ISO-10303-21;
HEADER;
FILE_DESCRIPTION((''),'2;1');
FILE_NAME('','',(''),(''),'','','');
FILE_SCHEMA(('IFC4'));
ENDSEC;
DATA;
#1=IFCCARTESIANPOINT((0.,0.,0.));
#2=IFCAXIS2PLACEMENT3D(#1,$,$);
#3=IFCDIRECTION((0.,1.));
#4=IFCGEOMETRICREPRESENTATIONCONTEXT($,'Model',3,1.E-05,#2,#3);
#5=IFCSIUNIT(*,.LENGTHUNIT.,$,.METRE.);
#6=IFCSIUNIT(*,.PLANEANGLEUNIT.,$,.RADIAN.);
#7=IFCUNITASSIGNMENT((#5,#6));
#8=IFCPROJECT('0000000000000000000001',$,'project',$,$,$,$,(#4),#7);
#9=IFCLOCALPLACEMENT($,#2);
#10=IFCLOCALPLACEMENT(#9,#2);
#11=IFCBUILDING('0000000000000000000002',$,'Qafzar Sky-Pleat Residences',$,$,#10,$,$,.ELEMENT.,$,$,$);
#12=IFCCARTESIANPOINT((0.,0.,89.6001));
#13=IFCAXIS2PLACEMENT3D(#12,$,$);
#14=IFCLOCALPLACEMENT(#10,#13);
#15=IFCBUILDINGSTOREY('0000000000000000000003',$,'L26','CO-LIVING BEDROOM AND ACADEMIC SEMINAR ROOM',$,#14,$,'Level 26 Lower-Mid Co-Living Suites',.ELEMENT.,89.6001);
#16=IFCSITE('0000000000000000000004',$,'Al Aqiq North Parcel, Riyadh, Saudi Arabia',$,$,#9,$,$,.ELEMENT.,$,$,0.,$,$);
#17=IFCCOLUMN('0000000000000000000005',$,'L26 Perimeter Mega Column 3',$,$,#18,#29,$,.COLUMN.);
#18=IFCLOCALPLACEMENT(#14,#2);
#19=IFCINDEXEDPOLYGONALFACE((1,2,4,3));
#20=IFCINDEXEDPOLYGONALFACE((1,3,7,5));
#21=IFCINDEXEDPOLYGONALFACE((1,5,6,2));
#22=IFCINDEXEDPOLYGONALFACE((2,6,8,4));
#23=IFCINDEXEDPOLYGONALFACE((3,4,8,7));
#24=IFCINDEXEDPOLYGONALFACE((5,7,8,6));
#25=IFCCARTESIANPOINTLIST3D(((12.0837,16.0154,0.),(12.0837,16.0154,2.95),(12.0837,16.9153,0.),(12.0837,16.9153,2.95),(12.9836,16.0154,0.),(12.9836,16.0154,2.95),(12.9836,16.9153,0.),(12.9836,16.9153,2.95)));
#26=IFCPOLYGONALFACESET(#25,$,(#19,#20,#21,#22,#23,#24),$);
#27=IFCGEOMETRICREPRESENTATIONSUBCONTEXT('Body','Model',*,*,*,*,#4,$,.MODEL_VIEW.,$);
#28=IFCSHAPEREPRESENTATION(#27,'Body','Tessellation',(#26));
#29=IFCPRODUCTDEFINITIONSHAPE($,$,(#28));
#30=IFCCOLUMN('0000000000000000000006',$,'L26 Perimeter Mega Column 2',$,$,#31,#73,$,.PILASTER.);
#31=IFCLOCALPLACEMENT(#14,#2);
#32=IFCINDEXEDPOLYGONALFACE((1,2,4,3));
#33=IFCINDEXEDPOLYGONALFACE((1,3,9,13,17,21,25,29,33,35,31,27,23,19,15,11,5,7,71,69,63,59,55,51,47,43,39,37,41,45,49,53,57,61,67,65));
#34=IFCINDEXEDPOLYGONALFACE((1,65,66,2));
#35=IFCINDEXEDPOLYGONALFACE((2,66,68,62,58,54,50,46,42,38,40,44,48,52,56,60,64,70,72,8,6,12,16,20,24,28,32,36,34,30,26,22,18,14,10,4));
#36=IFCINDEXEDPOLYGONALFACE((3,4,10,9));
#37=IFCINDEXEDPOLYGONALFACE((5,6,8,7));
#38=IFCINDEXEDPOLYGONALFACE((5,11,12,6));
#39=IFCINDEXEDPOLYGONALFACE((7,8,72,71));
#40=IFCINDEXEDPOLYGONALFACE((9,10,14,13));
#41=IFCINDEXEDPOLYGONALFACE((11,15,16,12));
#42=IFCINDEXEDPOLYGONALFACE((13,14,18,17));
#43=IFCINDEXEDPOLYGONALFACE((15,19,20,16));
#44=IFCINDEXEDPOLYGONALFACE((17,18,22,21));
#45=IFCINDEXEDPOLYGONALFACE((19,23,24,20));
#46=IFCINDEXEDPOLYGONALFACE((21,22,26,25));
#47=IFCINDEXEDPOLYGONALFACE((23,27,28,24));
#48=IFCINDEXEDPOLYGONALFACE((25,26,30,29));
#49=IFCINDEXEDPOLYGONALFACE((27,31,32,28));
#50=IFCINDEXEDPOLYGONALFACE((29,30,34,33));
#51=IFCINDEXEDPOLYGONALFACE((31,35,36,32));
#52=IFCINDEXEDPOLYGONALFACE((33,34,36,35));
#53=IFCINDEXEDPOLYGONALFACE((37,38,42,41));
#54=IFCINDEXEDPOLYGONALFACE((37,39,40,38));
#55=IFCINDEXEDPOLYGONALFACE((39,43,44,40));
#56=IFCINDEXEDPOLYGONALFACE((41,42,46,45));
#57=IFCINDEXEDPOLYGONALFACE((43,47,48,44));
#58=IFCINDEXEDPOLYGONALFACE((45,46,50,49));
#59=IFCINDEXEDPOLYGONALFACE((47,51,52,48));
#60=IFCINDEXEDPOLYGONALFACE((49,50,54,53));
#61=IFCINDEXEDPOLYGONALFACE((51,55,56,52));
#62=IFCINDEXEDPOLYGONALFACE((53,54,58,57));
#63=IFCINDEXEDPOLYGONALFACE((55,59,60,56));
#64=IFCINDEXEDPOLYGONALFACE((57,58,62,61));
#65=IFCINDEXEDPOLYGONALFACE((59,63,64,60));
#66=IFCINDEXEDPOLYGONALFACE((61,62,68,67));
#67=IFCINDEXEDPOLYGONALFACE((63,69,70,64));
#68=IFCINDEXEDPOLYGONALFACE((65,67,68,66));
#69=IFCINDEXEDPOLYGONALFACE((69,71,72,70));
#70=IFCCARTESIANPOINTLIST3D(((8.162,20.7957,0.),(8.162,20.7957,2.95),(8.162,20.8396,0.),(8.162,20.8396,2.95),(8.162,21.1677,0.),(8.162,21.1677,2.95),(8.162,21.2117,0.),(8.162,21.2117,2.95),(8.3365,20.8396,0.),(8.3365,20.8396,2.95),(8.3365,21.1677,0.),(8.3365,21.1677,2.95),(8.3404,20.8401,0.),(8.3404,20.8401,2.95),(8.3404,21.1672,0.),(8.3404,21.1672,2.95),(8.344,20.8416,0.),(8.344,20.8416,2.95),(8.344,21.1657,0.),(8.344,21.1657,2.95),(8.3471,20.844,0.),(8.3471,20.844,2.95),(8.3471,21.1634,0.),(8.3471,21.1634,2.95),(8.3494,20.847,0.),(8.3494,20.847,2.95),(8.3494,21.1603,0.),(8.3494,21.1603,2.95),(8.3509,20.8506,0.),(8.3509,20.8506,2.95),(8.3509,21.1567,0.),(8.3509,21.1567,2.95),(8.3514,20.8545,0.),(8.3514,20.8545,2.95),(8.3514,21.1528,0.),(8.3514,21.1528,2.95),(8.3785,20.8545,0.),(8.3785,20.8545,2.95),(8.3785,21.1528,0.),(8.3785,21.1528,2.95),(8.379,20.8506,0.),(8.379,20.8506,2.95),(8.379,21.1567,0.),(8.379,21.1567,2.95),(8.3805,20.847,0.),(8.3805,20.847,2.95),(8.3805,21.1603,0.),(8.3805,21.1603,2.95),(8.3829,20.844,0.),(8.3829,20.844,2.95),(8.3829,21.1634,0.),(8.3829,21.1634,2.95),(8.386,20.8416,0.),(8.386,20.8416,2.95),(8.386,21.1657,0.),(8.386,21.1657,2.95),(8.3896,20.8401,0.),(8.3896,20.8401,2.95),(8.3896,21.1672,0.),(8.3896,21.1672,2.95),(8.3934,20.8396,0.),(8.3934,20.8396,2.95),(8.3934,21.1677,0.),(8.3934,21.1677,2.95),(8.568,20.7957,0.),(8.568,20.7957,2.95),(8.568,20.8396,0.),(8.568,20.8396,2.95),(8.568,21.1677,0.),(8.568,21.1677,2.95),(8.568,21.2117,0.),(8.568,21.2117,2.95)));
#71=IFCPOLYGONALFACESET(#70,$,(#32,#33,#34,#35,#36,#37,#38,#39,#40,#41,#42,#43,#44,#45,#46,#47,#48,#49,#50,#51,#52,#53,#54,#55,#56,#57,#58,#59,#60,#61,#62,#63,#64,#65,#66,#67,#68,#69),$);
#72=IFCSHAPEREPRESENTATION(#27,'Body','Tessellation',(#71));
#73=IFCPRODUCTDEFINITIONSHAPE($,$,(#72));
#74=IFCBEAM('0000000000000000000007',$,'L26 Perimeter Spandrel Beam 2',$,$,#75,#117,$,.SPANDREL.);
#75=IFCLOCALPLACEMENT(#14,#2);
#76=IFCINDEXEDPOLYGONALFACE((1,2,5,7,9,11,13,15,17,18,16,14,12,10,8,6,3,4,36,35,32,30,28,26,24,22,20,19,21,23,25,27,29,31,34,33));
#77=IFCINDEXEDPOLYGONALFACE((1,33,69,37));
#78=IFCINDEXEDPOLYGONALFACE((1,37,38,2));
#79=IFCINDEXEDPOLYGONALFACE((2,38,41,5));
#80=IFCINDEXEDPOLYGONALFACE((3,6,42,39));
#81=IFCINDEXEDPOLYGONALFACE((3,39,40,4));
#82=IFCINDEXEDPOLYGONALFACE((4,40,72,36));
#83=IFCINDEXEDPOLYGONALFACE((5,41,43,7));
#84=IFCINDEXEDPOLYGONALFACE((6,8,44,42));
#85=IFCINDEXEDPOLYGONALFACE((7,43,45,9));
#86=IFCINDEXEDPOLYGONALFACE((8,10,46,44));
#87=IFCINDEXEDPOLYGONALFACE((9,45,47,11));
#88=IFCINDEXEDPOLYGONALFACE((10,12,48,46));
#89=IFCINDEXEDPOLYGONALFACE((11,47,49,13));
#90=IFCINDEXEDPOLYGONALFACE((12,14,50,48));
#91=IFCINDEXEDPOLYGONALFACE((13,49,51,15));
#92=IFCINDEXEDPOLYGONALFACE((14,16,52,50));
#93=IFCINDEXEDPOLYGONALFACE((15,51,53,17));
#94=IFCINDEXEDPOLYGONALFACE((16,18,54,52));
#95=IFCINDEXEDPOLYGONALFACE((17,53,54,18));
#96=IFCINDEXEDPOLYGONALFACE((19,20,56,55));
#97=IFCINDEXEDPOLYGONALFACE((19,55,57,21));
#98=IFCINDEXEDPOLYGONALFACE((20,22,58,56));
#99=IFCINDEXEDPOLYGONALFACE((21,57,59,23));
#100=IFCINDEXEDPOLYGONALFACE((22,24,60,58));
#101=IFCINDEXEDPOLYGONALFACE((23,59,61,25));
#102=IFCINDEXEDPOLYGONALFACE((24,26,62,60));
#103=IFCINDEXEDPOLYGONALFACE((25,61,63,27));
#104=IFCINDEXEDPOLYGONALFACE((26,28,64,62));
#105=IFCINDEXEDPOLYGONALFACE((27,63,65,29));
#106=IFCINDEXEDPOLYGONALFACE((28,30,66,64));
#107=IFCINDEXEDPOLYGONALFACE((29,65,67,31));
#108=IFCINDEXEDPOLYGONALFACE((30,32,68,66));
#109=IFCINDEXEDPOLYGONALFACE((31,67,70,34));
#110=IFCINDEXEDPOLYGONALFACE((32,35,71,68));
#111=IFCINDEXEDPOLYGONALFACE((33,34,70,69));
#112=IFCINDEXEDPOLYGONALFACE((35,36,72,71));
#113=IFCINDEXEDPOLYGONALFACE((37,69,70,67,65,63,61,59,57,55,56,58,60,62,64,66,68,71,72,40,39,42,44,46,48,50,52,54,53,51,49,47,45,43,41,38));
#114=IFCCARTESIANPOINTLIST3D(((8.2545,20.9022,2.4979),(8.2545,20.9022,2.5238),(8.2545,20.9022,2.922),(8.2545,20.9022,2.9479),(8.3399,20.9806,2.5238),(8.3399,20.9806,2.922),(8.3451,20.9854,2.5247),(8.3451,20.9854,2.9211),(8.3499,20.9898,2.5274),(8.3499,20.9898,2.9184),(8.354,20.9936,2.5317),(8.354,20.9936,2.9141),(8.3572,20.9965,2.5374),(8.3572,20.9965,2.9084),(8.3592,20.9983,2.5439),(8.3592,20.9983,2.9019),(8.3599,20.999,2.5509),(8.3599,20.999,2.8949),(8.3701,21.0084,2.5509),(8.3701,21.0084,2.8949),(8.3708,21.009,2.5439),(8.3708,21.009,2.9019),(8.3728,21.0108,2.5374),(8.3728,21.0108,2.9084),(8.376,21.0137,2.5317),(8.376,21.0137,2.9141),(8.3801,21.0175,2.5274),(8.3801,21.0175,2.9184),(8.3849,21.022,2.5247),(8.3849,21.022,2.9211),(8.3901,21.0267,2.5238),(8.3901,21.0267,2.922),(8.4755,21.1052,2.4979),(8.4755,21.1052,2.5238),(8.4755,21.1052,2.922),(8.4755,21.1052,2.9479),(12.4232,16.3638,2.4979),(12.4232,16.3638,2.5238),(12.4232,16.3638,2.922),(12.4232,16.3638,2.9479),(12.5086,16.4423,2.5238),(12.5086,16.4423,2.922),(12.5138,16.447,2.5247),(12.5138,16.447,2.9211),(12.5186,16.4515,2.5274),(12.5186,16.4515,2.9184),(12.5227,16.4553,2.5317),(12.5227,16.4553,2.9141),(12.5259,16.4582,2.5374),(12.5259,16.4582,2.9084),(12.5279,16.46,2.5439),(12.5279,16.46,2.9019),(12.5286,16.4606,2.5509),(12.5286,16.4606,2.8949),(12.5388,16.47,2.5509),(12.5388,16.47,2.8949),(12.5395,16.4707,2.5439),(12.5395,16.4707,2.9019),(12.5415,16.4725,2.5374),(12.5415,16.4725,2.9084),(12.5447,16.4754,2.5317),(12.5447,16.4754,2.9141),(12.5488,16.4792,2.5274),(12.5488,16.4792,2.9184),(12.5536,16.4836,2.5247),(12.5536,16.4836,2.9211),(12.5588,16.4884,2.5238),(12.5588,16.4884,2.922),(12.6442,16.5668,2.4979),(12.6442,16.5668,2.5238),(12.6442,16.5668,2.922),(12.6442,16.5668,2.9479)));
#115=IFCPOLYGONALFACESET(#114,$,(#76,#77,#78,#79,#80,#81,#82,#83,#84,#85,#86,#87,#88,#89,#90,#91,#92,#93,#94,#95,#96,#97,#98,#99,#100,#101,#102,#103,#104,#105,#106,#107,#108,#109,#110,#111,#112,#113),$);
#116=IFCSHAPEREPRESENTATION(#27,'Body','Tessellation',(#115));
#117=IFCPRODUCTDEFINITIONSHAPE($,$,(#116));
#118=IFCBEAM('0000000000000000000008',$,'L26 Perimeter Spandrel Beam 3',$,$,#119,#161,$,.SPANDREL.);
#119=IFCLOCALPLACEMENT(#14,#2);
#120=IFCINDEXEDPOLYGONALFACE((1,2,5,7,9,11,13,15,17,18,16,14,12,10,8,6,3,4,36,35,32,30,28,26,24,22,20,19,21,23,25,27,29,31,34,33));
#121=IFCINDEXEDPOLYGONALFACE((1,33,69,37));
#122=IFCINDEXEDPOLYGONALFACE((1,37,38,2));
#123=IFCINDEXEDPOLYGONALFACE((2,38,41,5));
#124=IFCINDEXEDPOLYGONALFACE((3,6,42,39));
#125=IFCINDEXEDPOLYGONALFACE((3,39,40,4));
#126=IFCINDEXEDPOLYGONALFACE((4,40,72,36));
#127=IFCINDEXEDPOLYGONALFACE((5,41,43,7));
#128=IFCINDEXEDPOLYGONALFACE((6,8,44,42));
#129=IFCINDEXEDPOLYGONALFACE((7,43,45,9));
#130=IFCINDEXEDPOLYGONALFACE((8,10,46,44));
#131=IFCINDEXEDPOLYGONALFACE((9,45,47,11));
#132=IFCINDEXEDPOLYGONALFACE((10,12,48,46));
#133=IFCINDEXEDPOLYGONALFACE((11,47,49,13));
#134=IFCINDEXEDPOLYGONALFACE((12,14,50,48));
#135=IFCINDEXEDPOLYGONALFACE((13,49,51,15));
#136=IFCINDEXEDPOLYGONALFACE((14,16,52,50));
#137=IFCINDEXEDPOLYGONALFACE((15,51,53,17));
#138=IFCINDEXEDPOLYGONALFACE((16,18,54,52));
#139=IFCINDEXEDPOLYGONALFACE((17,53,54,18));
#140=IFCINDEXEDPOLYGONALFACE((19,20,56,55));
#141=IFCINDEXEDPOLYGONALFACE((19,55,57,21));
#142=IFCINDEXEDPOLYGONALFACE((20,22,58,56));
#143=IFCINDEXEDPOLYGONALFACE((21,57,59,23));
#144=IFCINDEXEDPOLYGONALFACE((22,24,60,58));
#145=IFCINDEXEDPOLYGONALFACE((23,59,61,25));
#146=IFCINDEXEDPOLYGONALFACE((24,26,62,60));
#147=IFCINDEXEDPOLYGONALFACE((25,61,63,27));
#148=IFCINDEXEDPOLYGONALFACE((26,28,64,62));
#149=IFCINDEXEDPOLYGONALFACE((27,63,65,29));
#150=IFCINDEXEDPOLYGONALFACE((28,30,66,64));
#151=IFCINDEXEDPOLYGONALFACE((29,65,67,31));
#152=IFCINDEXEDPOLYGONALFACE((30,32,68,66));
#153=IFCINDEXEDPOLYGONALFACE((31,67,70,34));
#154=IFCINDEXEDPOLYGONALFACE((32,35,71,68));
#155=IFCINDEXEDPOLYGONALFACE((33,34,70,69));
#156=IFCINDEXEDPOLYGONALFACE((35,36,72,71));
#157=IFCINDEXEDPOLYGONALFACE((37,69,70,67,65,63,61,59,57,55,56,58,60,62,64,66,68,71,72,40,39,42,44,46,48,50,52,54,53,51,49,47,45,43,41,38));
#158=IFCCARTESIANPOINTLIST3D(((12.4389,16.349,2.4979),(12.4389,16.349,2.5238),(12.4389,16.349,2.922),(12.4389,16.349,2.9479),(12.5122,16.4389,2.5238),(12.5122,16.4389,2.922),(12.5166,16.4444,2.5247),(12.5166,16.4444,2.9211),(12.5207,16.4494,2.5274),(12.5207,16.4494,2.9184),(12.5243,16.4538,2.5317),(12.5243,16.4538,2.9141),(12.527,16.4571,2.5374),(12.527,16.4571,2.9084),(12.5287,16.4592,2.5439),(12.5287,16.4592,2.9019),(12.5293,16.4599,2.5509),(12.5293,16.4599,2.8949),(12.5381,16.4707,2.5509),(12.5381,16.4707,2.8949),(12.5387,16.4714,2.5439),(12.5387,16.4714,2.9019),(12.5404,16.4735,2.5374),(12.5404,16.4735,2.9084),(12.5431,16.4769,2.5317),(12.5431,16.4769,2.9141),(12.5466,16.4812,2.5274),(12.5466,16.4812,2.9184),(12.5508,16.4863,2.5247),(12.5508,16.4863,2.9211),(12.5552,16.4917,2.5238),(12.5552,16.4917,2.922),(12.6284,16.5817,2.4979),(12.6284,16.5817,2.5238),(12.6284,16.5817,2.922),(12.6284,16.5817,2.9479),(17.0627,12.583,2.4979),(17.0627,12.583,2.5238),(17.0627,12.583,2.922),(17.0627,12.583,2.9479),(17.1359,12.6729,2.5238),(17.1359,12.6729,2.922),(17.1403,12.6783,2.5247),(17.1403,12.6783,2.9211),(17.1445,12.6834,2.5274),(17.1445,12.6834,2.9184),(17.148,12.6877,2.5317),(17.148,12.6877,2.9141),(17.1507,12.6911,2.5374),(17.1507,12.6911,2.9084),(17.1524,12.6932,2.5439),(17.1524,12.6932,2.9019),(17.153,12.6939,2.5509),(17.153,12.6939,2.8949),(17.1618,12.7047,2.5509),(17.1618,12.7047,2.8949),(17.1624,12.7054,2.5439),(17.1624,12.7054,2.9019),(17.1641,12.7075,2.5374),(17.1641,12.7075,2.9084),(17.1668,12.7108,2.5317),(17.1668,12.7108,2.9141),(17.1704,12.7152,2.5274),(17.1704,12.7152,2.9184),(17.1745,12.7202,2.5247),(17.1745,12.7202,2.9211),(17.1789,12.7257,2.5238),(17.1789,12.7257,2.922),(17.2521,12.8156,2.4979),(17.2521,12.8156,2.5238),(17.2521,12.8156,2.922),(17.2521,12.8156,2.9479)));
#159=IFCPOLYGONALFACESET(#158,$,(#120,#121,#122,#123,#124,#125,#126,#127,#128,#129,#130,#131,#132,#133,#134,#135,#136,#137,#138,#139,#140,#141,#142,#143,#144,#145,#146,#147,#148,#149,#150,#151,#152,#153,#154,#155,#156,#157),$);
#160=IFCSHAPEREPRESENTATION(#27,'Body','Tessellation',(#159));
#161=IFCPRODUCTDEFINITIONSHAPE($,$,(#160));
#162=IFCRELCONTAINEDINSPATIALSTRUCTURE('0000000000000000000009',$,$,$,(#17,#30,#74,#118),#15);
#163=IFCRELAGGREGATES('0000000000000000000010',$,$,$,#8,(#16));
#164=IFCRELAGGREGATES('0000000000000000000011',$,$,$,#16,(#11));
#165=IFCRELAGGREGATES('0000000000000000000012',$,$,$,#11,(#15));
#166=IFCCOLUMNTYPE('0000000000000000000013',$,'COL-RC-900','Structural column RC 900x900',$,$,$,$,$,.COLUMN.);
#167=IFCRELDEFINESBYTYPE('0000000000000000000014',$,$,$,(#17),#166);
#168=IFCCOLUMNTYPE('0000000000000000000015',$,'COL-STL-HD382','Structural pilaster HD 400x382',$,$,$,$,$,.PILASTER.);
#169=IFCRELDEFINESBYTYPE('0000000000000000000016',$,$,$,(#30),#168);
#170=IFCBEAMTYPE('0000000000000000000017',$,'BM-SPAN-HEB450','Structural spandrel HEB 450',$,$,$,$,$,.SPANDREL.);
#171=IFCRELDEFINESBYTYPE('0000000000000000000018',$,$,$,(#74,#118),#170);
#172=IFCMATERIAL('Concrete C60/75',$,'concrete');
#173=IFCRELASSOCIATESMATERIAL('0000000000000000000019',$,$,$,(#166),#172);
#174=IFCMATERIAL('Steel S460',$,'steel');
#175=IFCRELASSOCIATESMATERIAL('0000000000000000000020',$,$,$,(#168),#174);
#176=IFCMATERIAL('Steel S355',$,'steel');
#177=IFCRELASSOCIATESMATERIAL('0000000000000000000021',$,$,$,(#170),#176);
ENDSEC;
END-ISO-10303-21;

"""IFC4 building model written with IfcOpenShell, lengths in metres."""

from ifc_helpers import new_model, si_unit, direction, frame, origin, origin_2d, place, context, subcontext, project, spatial, rectangle, i_section, extrude, source, transform, mapped, material, material_profile, profile_set, type_object, element, save


model = new_model("IFC4")

# Units and contexts
model_context = context("Model", 3, precision=1e-05, world=origin(), true_north=direction((0.0, 1.0)))
body_context = subcontext(model_context, "Body", "Model", "MODEL_VIEW")
ifc_project = project(units=[si_unit("LENGTHUNIT", "METRE"), si_unit("PLANEANGLEUNIT", "RADIAN")], contexts=[model_context])

# Site, building, storey
site_placement = place(None, origin())
site = spatial("IfcSite", under=ifc_project, at=site_placement, Name="Al Aqiq North Parcel, Riyadh, Saudi Arabia", CompositionType="ELEMENT", RefElevation=0.0)
building_placement = place(site_placement, origin())
building = spatial("IfcBuilding", under=site, at=building_placement, Name="Qafzar Sky-Pleat Residences", CompositionType="ELEMENT")
storey_placement = place(building_placement, frame((0.0, 0.0, 89.6001)))
storey = spatial("IfcBuildingStorey", under=building, at=storey_placement, Name="L26", Description="CO-LIVING BEDROOM AND ACADEMIC SEMINAR ROOM", LongName="Level 26 Lower-Mid Co-Living Suites", CompositionType="ELEMENT", Elevation=89.6001)

# Columns
ifc_material_1 = material(Name="Concrete C60/75", Category="concrete")
ifc_material_profile_1 = material_profile(ifc_material_1, rectangle(XDim=0.8999, YDim=0.8999, at=origin_2d()), Name="RC 900x900")
ifc_profile_set_1 = profile_set([ifc_material_profile_1], Name="Concrete C60/75")
column_type_1 = type_object("IfcColumnType", Name="COL-RC-900", Description="Structural column RC 900x900", PredefinedType="COLUMN", material=ifc_profile_set_1)
shared_shape_1 = source(origin(), body_context, "Body", "SweptSolid", [
    extrude(rectangle(XDim=0.8999, YDim=0.8999, at=origin_2d()), origin(), (0.0, 0.0, 1.0), 2.95),
])
column_1_placement = place(storey_placement, frame((12.5337, 16.4653, 0.0), z_axis=(0.0, 0.0, 1.0), x_axis=(1.0, 0.0, 0.0)))
element("IfcColumn", 1, at=column_1_placement, inside=storey, type_object=column_type_1, Name="L26 Perimeter Mega Column 3", PredefinedType="COLUMN", context=body_context, shape_type="MappedRepresentation", body=[
    mapped(shared_shape_1, transform((0.0, 0.0, 0.0), x_axis=(1.0, 0.0, 0.0), y_axis=(0.0, 1.0, 0.0), z_axis=(0.0, 0.0, 1.0), scale=1.0)),
])
ifc_material_2 = material(Name="Steel S460", Category="steel")
ifc_material_profile_2 = material_profile(ifc_material_2, i_section(OverallWidth=0.406, OverallDepth=0.416, WebThickness=0.0271, FlangeThickness=0.0439, FilletRadius=0.0149, at=origin_2d()), Name="HD 400x382")
ifc_profile_set_2 = profile_set([ifc_material_profile_2], Name="Steel S460")
column_type_2 = type_object("IfcColumnType", Name="COL-STL-HD382", Description="Structural pilaster HD 400x382", PredefinedType="PILASTER", material=ifc_profile_set_2)
shared_shape_2 = source(origin(), body_context, "Body", "SweptSolid", [
    extrude(i_section(OverallWidth=0.406, OverallDepth=0.416, WebThickness=0.0271, FlangeThickness=0.0439, FilletRadius=0.0149, at=origin_2d()), origin(), (0.0, 0.0, 1.0), 2.95),
])
column_2_placement = place(storey_placement, frame((8.365, 21.0037, 0.0), z_axis=(0.0, 0.0, 1.0), x_axis=(1.0, 0.0, 0.0)))
element("IfcColumn", 2, at=column_2_placement, inside=storey, type_object=column_type_2, Name="L26 Perimeter Mega Column 2", PredefinedType="PILASTER", context=body_context, shape_type="MappedRepresentation", body=[
    mapped(shared_shape_2, transform((0.0, 0.0, 0.0), x_axis=(1.0, 0.0, 0.0), y_axis=(0.0, 1.0, 0.0), z_axis=(0.0, 0.0, 1.0), scale=1.0)),
])

# Beams
ifc_material_3 = material(Name="Steel S355", Category="steel")
ifc_material_profile_3 = material_profile(ifc_material_3, i_section(OverallWidth=0.3, OverallDepth=0.45, WebThickness=0.0139, FlangeThickness=0.0259, FilletRadius=0.0271, at=origin_2d()), Name="HEB 450")
ifc_profile_set_3 = profile_set([ifc_material_profile_3], Name="Steel S355")
beam_type_1 = type_object("IfcBeamType", Name="BM-SPAN-HEB450", Description="Structural spandrel HEB 450", PredefinedType="SPANDREL", material=ifc_profile_set_3)
shared_shape_3 = source(origin(), body_context, "Body", "SweptSolid", [
    extrude(i_section(OverallWidth=0.3, OverallDepth=0.45, WebThickness=0.0139, FlangeThickness=0.0259, FilletRadius=0.0271, at=origin_2d()), origin(), (0.0, 0.0, 1.0), 6.1624),
])
beam_1_placement = place(storey_placement, frame((8.365, 21.0037, 2.7229), z_axis=(0.67648, -0.736461, 0.0), x_axis=(0.736461, 0.67648, 0.0)))
element("IfcBeam", 3, at=beam_1_placement, inside=storey, type_object=beam_type_1, Name="L26 Perimeter Spandrel Beam 2", PredefinedType="SPANDREL", context=body_context, shape_type="MappedRepresentation", body=[
    mapped(shared_shape_3, transform((0.0, 0.0, 0.0), x_axis=(1.0, 0.0, 0.0), y_axis=(0.0, 1.0, 0.0), z_axis=(0.0, 0.0, 1.0), scale=1.0)),
])
shared_shape_4 = source(origin(), body_context, "Body", "SweptSolid", [
    extrude(i_section(OverallWidth=0.3, OverallDepth=0.45, WebThickness=0.0139, FlangeThickness=0.0259, FilletRadius=0.0271, at=origin_2d()), origin(), (0.0, 0.0, 1.0), 5.9634),
])
beam_2_placement = place(storey_placement, frame((12.5337, 16.4653, 2.7229), z_axis=(0.775351, -0.631531, 0.0), x_axis=(0.631531, 0.775351, 0.0)))
element("IfcBeam", 4, at=beam_2_placement, inside=storey, type_object=beam_type_1, Name="L26 Perimeter Spandrel Beam 3", PredefinedType="SPANDREL", context=body_context, shape_type="MappedRepresentation", body=[
    mapped(shared_shape_4, transform((0.0, 0.0, 0.0), x_axis=(1.0, 0.0, 0.0), y_axis=(0.0, 1.0, 0.0), z_axis=(0.0, 0.0, 1.0), scale=1.0)),
])

save(model, "model.ifc")
